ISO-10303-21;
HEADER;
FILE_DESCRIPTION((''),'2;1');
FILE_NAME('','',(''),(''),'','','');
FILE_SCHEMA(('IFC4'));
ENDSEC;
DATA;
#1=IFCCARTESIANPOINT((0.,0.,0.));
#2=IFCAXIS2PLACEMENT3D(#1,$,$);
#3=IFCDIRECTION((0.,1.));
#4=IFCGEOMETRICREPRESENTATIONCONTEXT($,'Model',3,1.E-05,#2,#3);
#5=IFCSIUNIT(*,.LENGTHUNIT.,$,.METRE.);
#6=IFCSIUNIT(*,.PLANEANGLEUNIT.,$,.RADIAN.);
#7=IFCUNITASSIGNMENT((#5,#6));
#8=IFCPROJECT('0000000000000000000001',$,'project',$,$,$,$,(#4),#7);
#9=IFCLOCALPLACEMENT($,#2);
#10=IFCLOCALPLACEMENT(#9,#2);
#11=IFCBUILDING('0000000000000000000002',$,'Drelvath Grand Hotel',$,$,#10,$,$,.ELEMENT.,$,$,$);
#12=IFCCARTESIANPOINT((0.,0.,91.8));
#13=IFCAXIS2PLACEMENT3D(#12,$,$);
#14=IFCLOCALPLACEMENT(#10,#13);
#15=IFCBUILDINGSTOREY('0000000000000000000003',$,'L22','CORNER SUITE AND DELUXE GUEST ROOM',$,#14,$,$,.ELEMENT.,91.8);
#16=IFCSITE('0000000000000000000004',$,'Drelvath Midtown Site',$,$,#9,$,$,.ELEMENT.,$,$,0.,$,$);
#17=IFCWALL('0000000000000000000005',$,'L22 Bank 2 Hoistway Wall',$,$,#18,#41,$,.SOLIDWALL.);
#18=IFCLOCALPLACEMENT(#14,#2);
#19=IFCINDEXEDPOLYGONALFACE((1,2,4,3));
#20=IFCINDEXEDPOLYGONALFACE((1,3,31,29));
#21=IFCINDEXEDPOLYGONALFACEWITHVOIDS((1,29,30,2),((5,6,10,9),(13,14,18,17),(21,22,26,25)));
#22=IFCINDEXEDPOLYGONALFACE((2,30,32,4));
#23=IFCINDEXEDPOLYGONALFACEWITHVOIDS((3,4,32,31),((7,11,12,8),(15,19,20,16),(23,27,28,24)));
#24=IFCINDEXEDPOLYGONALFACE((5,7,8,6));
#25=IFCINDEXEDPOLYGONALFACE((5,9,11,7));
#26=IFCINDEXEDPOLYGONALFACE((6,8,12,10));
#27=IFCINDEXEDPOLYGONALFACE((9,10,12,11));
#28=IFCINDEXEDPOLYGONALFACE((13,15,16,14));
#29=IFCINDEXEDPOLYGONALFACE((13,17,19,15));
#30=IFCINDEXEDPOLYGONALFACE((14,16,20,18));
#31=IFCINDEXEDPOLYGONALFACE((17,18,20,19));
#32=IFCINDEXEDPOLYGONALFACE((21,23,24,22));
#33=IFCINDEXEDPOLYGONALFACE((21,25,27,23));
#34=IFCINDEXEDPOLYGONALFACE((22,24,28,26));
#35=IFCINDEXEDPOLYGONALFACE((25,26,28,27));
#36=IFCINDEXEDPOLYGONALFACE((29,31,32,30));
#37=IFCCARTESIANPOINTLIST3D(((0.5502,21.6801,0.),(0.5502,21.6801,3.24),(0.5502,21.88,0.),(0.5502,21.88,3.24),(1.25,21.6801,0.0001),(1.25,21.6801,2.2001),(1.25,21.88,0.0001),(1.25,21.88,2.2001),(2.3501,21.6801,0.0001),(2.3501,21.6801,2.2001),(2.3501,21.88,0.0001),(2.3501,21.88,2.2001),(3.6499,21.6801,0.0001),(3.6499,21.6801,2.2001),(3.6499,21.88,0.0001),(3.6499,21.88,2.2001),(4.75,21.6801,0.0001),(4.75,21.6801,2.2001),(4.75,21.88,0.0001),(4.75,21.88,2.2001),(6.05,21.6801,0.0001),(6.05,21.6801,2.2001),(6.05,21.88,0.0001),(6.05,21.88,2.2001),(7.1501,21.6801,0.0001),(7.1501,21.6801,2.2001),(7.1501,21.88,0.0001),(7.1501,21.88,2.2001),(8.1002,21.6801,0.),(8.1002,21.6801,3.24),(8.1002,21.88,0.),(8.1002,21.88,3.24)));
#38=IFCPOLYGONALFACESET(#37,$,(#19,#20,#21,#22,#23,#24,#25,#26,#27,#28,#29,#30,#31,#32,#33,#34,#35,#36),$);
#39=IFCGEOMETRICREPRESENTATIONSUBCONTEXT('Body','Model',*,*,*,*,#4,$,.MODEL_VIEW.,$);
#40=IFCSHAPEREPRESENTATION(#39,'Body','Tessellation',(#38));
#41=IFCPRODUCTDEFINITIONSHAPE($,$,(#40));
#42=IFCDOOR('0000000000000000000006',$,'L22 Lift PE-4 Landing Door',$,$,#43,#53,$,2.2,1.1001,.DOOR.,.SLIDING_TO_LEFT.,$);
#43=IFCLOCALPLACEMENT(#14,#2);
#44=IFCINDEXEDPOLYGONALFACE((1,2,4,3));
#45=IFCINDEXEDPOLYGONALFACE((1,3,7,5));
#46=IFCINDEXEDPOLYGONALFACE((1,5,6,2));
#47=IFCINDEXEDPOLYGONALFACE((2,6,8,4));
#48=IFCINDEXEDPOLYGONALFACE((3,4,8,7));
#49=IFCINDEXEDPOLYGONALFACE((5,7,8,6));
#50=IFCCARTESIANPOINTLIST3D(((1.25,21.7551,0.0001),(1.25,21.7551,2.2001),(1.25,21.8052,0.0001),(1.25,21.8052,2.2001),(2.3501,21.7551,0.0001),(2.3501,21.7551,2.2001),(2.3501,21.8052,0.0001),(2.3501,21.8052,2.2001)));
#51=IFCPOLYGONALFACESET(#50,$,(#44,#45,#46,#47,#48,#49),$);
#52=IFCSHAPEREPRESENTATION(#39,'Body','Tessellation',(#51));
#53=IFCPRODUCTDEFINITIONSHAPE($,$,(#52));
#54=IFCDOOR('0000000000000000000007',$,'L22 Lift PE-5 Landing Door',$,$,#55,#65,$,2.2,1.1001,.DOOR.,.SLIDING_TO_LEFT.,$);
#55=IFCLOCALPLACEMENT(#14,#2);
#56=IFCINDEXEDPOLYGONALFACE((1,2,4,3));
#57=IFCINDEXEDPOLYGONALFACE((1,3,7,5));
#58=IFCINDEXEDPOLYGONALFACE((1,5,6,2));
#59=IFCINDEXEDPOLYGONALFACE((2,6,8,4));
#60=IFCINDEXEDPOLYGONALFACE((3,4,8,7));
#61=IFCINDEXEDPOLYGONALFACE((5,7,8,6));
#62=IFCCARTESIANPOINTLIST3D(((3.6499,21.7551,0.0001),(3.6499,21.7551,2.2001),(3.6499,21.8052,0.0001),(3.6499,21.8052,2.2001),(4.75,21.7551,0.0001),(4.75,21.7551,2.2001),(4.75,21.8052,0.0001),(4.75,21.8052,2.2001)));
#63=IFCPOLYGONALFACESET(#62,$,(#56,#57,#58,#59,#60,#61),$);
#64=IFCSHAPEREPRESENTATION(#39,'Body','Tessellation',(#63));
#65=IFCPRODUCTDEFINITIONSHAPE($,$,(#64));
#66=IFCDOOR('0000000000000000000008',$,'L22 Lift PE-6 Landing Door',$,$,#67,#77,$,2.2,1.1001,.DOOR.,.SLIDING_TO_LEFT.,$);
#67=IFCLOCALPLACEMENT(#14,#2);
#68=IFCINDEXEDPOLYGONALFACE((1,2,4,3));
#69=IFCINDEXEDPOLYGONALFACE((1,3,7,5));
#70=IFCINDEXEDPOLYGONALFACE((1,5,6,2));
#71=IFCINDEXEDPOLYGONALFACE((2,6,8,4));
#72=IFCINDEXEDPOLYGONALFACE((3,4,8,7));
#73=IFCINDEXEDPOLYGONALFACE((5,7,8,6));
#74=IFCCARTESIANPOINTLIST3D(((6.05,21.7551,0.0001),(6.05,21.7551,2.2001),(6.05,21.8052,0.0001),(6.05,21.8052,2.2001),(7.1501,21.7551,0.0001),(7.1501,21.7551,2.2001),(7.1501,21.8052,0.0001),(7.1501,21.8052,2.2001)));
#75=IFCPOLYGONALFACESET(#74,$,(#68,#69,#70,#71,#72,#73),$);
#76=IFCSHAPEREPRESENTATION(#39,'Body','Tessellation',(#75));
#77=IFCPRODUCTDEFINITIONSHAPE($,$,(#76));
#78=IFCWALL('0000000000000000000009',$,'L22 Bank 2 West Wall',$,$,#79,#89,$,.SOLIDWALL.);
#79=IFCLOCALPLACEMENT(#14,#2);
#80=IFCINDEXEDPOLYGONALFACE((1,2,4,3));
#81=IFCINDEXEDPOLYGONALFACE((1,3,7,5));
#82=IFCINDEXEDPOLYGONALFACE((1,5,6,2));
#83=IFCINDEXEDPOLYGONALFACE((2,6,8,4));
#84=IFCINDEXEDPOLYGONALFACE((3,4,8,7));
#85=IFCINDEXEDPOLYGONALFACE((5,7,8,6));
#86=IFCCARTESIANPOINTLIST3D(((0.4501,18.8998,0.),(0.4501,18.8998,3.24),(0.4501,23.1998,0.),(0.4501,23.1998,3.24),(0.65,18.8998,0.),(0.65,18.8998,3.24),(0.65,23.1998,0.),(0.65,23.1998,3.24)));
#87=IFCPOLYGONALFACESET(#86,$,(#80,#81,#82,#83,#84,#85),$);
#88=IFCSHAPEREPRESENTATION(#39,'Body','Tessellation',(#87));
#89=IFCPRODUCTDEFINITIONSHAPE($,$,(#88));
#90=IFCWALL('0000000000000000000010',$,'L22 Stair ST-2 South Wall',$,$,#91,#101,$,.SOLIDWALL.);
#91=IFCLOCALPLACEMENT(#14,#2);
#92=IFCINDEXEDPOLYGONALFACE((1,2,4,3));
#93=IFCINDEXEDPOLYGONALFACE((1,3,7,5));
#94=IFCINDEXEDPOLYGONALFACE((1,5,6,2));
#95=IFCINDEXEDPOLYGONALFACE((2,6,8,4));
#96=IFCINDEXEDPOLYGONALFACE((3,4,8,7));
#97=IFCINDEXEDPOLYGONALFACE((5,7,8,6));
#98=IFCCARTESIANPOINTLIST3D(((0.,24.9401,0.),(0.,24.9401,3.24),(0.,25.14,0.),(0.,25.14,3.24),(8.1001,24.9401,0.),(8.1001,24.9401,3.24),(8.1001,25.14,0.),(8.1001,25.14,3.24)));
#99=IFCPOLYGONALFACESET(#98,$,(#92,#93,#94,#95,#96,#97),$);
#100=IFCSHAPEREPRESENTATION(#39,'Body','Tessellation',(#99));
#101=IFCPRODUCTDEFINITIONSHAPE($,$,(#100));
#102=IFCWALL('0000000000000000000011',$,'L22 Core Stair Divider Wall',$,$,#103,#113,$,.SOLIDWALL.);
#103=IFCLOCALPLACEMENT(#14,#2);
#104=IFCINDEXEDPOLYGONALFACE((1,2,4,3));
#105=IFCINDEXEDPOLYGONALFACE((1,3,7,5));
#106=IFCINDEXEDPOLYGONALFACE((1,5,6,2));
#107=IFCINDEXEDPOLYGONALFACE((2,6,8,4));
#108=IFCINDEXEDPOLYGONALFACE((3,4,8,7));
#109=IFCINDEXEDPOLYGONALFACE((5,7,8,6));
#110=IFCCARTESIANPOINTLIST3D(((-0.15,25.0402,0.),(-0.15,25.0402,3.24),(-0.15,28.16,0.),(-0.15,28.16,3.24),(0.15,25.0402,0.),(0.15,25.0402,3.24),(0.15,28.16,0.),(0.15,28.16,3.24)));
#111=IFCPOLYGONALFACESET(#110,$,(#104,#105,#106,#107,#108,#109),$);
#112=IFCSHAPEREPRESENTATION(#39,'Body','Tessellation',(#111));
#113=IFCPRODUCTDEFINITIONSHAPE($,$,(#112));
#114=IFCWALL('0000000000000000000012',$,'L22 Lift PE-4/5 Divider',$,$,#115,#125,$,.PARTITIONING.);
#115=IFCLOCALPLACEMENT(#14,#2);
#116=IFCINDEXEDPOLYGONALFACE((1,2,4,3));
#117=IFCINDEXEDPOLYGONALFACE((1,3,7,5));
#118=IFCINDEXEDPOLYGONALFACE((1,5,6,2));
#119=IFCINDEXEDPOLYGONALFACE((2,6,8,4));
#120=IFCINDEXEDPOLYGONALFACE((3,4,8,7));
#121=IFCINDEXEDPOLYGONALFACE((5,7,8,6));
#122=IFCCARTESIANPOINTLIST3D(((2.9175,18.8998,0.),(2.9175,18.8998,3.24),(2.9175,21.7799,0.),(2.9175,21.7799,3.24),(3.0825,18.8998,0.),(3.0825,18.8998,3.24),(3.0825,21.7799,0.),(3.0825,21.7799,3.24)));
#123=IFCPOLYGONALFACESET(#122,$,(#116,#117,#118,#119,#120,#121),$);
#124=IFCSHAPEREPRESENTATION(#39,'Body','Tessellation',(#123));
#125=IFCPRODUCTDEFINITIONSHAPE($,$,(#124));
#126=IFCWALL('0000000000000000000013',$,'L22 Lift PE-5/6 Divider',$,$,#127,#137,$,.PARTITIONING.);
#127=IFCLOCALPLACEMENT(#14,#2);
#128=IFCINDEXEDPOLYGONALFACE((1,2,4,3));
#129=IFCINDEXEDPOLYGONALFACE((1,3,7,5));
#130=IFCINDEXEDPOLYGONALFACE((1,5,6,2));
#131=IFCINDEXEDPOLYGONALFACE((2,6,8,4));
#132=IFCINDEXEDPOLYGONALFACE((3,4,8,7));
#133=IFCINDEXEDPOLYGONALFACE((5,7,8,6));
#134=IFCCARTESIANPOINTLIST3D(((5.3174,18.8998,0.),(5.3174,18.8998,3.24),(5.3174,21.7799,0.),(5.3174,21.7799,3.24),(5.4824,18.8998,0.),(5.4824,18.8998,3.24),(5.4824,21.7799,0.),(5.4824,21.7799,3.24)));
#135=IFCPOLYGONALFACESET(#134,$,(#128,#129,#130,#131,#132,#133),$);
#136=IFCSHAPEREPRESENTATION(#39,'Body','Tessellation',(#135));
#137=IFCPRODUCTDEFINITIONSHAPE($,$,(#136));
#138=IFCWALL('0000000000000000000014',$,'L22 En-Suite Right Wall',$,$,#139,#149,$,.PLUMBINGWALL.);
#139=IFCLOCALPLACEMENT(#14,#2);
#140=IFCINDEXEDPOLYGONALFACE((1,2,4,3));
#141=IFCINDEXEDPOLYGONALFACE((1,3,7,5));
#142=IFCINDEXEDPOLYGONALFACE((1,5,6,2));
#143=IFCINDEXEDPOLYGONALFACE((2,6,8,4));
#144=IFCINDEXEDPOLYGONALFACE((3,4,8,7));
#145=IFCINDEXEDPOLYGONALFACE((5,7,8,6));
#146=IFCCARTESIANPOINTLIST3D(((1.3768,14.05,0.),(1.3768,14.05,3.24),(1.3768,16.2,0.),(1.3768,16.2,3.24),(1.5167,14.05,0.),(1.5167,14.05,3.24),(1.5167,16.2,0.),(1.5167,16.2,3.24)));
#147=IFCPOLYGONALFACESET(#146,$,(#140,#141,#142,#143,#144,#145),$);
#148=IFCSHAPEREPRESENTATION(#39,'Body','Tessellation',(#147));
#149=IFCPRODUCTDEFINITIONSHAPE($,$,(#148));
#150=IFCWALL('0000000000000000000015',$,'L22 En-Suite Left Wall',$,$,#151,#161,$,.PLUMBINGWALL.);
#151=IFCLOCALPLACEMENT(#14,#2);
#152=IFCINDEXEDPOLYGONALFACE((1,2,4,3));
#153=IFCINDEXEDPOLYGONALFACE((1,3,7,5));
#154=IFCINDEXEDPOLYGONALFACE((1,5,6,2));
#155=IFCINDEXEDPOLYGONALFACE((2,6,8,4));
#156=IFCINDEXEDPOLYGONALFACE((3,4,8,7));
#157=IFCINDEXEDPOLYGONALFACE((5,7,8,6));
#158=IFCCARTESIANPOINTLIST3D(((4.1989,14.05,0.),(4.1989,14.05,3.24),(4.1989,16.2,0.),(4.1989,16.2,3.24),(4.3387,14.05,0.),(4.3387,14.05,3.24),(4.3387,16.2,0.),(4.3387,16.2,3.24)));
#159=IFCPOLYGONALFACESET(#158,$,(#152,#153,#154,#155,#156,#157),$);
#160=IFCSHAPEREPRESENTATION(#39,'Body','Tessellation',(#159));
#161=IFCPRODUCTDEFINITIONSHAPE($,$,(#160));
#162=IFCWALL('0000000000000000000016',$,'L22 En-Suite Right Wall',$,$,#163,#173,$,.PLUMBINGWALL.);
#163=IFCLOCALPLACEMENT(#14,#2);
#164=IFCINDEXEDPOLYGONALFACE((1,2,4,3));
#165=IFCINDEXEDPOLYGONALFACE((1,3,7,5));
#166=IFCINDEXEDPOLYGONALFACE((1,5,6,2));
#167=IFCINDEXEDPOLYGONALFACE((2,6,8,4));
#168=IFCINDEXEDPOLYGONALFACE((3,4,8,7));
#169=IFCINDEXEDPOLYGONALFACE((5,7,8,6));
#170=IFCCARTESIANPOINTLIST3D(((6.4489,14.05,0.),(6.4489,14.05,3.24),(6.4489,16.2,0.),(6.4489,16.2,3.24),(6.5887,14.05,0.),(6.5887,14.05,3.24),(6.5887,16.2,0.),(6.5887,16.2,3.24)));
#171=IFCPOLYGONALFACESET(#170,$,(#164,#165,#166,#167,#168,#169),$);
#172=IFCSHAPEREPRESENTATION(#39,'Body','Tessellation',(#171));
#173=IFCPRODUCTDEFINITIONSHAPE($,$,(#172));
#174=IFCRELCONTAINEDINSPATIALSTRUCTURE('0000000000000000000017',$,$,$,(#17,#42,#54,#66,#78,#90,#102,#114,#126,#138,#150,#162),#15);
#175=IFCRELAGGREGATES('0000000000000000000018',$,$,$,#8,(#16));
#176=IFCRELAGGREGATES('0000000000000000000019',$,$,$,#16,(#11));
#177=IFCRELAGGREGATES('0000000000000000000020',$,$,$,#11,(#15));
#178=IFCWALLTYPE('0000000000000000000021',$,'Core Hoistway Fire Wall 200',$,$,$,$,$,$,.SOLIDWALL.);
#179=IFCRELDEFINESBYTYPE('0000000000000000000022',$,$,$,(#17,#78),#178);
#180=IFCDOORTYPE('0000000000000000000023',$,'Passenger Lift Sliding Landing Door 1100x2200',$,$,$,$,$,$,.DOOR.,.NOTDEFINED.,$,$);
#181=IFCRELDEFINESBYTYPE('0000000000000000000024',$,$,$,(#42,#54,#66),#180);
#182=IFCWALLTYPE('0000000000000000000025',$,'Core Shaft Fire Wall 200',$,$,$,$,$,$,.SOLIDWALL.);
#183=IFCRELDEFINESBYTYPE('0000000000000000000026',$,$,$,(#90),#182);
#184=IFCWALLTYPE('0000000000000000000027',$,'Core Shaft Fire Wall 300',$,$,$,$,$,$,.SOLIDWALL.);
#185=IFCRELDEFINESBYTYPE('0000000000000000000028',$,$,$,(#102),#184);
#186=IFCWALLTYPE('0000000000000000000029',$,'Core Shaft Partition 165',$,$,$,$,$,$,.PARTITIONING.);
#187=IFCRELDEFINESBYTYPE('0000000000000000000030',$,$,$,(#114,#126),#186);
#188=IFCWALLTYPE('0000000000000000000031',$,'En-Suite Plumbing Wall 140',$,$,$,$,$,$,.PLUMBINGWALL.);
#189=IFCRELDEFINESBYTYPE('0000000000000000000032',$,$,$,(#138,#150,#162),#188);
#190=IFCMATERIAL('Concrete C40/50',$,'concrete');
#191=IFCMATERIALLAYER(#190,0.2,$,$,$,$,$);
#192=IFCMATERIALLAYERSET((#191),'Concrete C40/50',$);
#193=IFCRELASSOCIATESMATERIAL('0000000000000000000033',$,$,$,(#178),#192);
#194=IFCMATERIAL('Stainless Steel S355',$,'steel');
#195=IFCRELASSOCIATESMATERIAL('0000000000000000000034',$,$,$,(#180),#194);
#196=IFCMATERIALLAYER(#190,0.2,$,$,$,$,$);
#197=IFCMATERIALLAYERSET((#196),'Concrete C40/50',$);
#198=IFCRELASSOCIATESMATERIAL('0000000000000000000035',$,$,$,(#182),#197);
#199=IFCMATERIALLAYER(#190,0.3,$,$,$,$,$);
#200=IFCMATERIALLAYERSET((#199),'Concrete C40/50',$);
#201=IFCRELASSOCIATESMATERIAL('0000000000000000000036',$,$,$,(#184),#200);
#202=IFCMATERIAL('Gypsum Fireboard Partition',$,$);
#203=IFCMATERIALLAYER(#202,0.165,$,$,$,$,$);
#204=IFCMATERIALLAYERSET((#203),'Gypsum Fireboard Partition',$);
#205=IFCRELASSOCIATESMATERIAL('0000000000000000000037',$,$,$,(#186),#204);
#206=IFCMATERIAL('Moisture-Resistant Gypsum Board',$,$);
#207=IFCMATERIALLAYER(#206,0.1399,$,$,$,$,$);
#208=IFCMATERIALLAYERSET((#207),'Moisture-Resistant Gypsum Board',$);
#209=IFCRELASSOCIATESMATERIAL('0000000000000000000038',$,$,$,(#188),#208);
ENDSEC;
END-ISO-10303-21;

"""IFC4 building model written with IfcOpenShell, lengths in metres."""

from ifc_helpers import new_model, si_unit, direction, frame, frame_2d, origin, place, context, subcontext, project, spatial, rectangle, extrude, material, layer, layer_set, type_object, element, fill, save


model = new_model("IFC4")

# Units and contexts
model_context = context("Model", 3, precision=1e-05, world=origin(), true_north=direction((0.0, 1.0)))
body_context = subcontext(model_context, "Body", "Model", "MODEL_VIEW")
ifc_project = project(units=[si_unit("LENGTHUNIT", "METRE"), si_unit("PLANEANGLEUNIT", "RADIAN")], contexts=[model_context])

# Site, building, storey
site_placement = place(None, origin())
site = spatial("IfcSite", under=ifc_project, at=site_placement, Name="Drelvath Midtown Site", CompositionType="ELEMENT", RefElevation=0.0)
building_placement = place(site_placement, origin())
building = spatial("IfcBuilding", under=site, at=building_placement, Name="Drelvath Grand Hotel", CompositionType="ELEMENT")
storey_placement = place(building_placement, frame((0.0, 0.0, 91.8)))
storey = spatial("IfcBuildingStorey", under=building, at=storey_placement, Name="L22", Description="CORNER SUITE AND DELUXE GUEST ROOM", CompositionType="ELEMENT", Elevation=91.8)

# Wall, openings, doors
ifc_material_1 = material(Name="Concrete C40/50", Category="concrete")
ifc_layer_1 = layer(ifc_material_1, 0.2)
ifc_layer_set_1 = layer_set([ifc_layer_1], Name="Concrete C40/50")
wall_type_1 = type_object("IfcWallType", Name="Core Hoistway Fire Wall 200", PredefinedType="SOLIDWALL", material=ifc_layer_set_1)
wall_1_placement = place(storey_placement, frame((8.1001, 21.78, 0.0), z_axis=(0.0, 0.0, 1.0), x_axis=(-1.0, 0.0, 0.0)))
wall_1 = element("IfcWall", 1, at=wall_1_placement, inside=storey, type_object=wall_type_1, Name="L22 Bank 2 Hoistway Wall", PredefinedType="SOLIDWALL", context=body_context, shape_type="SweptSolid", body=[
    extrude(rectangle(XDim=7.55, YDim=0.2, at=frame_2d((3.7749, 0.0))), origin(), (0.0, 0.0, 1.0), 3.24),
])
opening_1_placement = place(wall_1_placement, frame((5.75, 0.0, 0.0)))
opening_1 = element("IfcOpeningElement", 2, at=opening_1_placement, cuts=wall_1, PredefinedType="OPENING", context=body_context, shape_type="SweptSolid", body=[
    extrude(rectangle(XDim=1.1001, YDim=2.2, at=frame_2d((0.55, 1.1001))), frame((0.0, 0.1099, 0.0), z_axis=(0.0, -1.0, 0.0), x_axis=(1.0, 0.0, 0.0)), (0.0, 0.0, 1.0), 0.22),
])
opening_2_placement = place(wall_1_placement, frame((3.3501, 0.0, 0.0)))
opening_2 = element("IfcOpeningElement", 3, at=opening_2_placement, cuts=wall_1, PredefinedType="OPENING", context=body_context, shape_type="SweptSolid", body=[
    extrude(rectangle(XDim=1.1001, YDim=2.2, at=frame_2d((0.55, 1.1001))), frame((0.0, 0.1099, 0.0), z_axis=(0.0, -1.0, 0.0), x_axis=(1.0, 0.0, 0.0)), (0.0, 0.0, 1.0), 0.22),
])
opening_3_placement = place(wall_1_placement, frame((0.95, 0.0, 0.0)))
opening_3 = element("IfcOpeningElement", 4, at=opening_3_placement, cuts=wall_1, PredefinedType="OPENING", context=body_context, shape_type="SweptSolid", body=[
    extrude(rectangle(XDim=1.1001, YDim=2.2, at=frame_2d((0.55, 1.1001))), frame((0.0, 0.1099, 0.0), z_axis=(0.0, -1.0, 0.0), x_axis=(1.0, 0.0, 0.0)), (0.0, 0.0, 1.0), 0.22),
])
ifc_material_2 = material(Name="Stainless Steel S355", Category="steel")
door_type_1 = type_object("IfcDoorType", Name="Passenger Lift Sliding Landing Door 1100x2200", OperationType="NOTDEFINED", PredefinedType="DOOR", material=ifc_material_2)
door_1_placement = place(opening_1_placement, origin())
door_1 = element("IfcDoor", 5, at=door_1_placement, inside=storey, type_object=door_type_1, Name="L22 Lift PE-4 Landing Door", OperationType="SLIDING_TO_LEFT", OverallHeight=2.2, OverallWidth=1.1001, PredefinedType="DOOR", context=body_context, shape_type="SweptSolid", body=[
    extrude(rectangle(XDim=1.1001, YDim=2.2, at=frame_2d((0.55, 1.1001))), frame((0.0, 0.0249, 0.0), z_axis=(0.0, -1.0, 0.0), x_axis=(1.0, 0.0, 0.0)), (0.0, 0.0, 1.0), 0.05),
])
fill(opening_1, door_1)
door_2_placement = place(opening_2_placement, origin())
door_2 = element("IfcDoor", 6, at=door_2_placement, inside=storey, type_object=door_type_1, Name="L22 Lift PE-5 Landing Door", OperationType="SLIDING_TO_LEFT", OverallHeight=2.2, OverallWidth=1.1001, PredefinedType="DOOR", context=body_context, shape_type="SweptSolid", body=[
    extrude(rectangle(XDim=1.1001, YDim=2.2, at=frame_2d((0.55, 1.1001))), frame((0.0, 0.0249, 0.0), z_axis=(0.0, -1.0, 0.0), x_axis=(1.0, 0.0, 0.0)), (0.0, 0.0, 1.0), 0.05),
])
fill(opening_2, door_2)
door_3_placement = place(opening_3_placement, origin())
door_3 = element("IfcDoor", 7, at=door_3_placement, inside=storey, type_object=door_type_1, Name="L22 Lift PE-6 Landing Door", OperationType="SLIDING_TO_LEFT", OverallHeight=2.2, OverallWidth=1.1001, PredefinedType="DOOR", context=body_context, shape_type="SweptSolid", body=[
    extrude(rectangle(XDim=1.1001, YDim=2.2, at=frame_2d((0.55, 1.1001))), frame((0.0, 0.0249, 0.0), z_axis=(0.0, -1.0, 0.0), x_axis=(1.0, 0.0, 0.0)), (0.0, 0.0, 1.0), 0.05),
])
fill(opening_3, door_3)

# Walls
wall_2_placement = place(storey_placement, frame((0.55, 18.8999, 0.0), z_axis=(0.0, 0.0, 1.0), x_axis=(0.0, 1.0, 0.0)))
element("IfcWall", 8, at=wall_2_placement, inside=storey, type_object=wall_type_1, Name="L22 Bank 2 West Wall", PredefinedType="SOLIDWALL", context=body_context, shape_type="SweptSolid", body=[
    extrude(rectangle(XDim=4.3, YDim=0.2, at=frame_2d((2.1499, 0.0))), origin(), (0.0, 0.0, 1.0), 3.24),
])
ifc_layer_2 = layer(ifc_material_1, 0.2)
ifc_layer_set_2 = layer_set([ifc_layer_2], Name="Concrete C40/50")
wall_type_2 = type_object("IfcWallType", Name="Core Shaft Fire Wall 200", PredefinedType="SOLIDWALL", material=ifc_layer_set_2)
wall_3_placement = place(storey_placement, frame((0.0, 25.04, 0.0), z_axis=(0.0, 0.0, 1.0), x_axis=(1.0, 0.0, 0.0)))
element("IfcWall", 9, at=wall_3_placement, inside=storey, type_object=wall_type_2, Name="L22 Stair ST-2 South Wall", PredefinedType="SOLIDWALL", context=body_context, shape_type="SweptSolid", body=[
    extrude(rectangle(XDim=8.1001, YDim=0.2, at=frame_2d((4.05, 0.0))), origin(), (0.0, 0.0, 1.0), 3.24),
])
ifc_layer_3 = layer(ifc_material_1, 0.3)
ifc_layer_set_3 = layer_set([ifc_layer_3], Name="Concrete C40/50")
wall_type_3 = type_object("IfcWallType", Name="Core Shaft Fire Wall 300", PredefinedType="SOLIDWALL", material=ifc_layer_set_3)
wall_4_placement = place(storey_placement, frame((0.0, 25.04, 0.0), z_axis=(0.0, 0.0, 1.0), x_axis=(0.0, 1.0, 0.0)))
element("IfcWall", 10, at=wall_4_placement, inside=storey, type_object=wall_type_3, Name="L22 Core Stair Divider Wall", PredefinedType="SOLIDWALL", context=body_context, shape_type="SweptSolid", body=[
    extrude(rectangle(XDim=3.1199, YDim=0.3, at=frame_2d((1.5601, 0.0))), origin(), (0.0, 0.0, 1.0), 3.24),
])
ifc_material_3 = material(Name="Gypsum Fireboard Partition")
ifc_layer_4 = layer(ifc_material_3, 0.165)
ifc_layer_set_4 = layer_set([ifc_layer_4], Name="Gypsum Fireboard Partition")
wall_type_4 = type_object("IfcWallType", Name="Core Shaft Partition 165", PredefinedType="PARTITIONING", material=ifc_layer_set_4)
for number, where, z_axis, x_axis, name in (
    (11, (3.0, 18.8999, 0.0), (0.0, 0.0, 1.0), (0.0, 1.0, 0.0), "L22 Lift PE-4/5 Divider"),
    (12, (5.3999, 18.8999, 0.0), (0.0, 0.0, 1.0), (0.0, 1.0, 0.0), "L22 Lift PE-5/6 Divider"),
):
    element("IfcWall", number, at=place(storey_placement, frame(where, z_axis=z_axis, x_axis=x_axis)), inside=storey, type_object=wall_type_4, Name=name, PredefinedType="PARTITIONING", context=body_context, shape_type="SweptSolid", body=[
        extrude(rectangle(XDim=2.8801, YDim=0.165, at=frame_2d((1.4399, 0.0))), origin(), (0.0, 0.0, 1.0), 3.24),
    ])
ifc_material_4 = material(Name="Moisture-Resistant Gypsum Board")
ifc_layer_5 = layer(ifc_material_4, 0.1399)
ifc_layer_set_5 = layer_set([ifc_layer_5], Name="Moisture-Resistant Gypsum Board")
wall_type_5 = type_object("IfcWallType", Name="En-Suite Plumbing Wall 140", PredefinedType="PLUMBINGWALL", material=ifc_layer_set_5)
for number, where, z_axis, x_axis, name in (
    (13, (1.4468, 16.2, 0.0), (0.0, 0.0, 1.0), (0.0, -1.0, 0.0), "L22 En-Suite Right Wall"),
    (14, (4.2688, 16.2, 0.0), (0.0, 0.0, 1.0), (0.0, -1.0, 0.0), "L22 En-Suite Left Wall"),
    (15, (6.5188, 16.2, 0.0), (0.0, 0.0, 1.0), (0.0, -1.0, 0.0), "L22 En-Suite Right Wall"),
):
    element("IfcWall", number, at=place(storey_placement, frame(where, z_axis=z_axis, x_axis=x_axis)), inside=storey, type_object=wall_type_5, Name=name, PredefinedType="PLUMBINGWALL", context=body_context, shape_type="SweptSolid", body=[
        extrude(rectangle(XDim=2.1499, YDim=0.1399, at=frame_2d((1.075, 0.0))), origin(), (0.0, 0.0, 1.0), 3.24),
    ])

save(model, "model.ifc")
